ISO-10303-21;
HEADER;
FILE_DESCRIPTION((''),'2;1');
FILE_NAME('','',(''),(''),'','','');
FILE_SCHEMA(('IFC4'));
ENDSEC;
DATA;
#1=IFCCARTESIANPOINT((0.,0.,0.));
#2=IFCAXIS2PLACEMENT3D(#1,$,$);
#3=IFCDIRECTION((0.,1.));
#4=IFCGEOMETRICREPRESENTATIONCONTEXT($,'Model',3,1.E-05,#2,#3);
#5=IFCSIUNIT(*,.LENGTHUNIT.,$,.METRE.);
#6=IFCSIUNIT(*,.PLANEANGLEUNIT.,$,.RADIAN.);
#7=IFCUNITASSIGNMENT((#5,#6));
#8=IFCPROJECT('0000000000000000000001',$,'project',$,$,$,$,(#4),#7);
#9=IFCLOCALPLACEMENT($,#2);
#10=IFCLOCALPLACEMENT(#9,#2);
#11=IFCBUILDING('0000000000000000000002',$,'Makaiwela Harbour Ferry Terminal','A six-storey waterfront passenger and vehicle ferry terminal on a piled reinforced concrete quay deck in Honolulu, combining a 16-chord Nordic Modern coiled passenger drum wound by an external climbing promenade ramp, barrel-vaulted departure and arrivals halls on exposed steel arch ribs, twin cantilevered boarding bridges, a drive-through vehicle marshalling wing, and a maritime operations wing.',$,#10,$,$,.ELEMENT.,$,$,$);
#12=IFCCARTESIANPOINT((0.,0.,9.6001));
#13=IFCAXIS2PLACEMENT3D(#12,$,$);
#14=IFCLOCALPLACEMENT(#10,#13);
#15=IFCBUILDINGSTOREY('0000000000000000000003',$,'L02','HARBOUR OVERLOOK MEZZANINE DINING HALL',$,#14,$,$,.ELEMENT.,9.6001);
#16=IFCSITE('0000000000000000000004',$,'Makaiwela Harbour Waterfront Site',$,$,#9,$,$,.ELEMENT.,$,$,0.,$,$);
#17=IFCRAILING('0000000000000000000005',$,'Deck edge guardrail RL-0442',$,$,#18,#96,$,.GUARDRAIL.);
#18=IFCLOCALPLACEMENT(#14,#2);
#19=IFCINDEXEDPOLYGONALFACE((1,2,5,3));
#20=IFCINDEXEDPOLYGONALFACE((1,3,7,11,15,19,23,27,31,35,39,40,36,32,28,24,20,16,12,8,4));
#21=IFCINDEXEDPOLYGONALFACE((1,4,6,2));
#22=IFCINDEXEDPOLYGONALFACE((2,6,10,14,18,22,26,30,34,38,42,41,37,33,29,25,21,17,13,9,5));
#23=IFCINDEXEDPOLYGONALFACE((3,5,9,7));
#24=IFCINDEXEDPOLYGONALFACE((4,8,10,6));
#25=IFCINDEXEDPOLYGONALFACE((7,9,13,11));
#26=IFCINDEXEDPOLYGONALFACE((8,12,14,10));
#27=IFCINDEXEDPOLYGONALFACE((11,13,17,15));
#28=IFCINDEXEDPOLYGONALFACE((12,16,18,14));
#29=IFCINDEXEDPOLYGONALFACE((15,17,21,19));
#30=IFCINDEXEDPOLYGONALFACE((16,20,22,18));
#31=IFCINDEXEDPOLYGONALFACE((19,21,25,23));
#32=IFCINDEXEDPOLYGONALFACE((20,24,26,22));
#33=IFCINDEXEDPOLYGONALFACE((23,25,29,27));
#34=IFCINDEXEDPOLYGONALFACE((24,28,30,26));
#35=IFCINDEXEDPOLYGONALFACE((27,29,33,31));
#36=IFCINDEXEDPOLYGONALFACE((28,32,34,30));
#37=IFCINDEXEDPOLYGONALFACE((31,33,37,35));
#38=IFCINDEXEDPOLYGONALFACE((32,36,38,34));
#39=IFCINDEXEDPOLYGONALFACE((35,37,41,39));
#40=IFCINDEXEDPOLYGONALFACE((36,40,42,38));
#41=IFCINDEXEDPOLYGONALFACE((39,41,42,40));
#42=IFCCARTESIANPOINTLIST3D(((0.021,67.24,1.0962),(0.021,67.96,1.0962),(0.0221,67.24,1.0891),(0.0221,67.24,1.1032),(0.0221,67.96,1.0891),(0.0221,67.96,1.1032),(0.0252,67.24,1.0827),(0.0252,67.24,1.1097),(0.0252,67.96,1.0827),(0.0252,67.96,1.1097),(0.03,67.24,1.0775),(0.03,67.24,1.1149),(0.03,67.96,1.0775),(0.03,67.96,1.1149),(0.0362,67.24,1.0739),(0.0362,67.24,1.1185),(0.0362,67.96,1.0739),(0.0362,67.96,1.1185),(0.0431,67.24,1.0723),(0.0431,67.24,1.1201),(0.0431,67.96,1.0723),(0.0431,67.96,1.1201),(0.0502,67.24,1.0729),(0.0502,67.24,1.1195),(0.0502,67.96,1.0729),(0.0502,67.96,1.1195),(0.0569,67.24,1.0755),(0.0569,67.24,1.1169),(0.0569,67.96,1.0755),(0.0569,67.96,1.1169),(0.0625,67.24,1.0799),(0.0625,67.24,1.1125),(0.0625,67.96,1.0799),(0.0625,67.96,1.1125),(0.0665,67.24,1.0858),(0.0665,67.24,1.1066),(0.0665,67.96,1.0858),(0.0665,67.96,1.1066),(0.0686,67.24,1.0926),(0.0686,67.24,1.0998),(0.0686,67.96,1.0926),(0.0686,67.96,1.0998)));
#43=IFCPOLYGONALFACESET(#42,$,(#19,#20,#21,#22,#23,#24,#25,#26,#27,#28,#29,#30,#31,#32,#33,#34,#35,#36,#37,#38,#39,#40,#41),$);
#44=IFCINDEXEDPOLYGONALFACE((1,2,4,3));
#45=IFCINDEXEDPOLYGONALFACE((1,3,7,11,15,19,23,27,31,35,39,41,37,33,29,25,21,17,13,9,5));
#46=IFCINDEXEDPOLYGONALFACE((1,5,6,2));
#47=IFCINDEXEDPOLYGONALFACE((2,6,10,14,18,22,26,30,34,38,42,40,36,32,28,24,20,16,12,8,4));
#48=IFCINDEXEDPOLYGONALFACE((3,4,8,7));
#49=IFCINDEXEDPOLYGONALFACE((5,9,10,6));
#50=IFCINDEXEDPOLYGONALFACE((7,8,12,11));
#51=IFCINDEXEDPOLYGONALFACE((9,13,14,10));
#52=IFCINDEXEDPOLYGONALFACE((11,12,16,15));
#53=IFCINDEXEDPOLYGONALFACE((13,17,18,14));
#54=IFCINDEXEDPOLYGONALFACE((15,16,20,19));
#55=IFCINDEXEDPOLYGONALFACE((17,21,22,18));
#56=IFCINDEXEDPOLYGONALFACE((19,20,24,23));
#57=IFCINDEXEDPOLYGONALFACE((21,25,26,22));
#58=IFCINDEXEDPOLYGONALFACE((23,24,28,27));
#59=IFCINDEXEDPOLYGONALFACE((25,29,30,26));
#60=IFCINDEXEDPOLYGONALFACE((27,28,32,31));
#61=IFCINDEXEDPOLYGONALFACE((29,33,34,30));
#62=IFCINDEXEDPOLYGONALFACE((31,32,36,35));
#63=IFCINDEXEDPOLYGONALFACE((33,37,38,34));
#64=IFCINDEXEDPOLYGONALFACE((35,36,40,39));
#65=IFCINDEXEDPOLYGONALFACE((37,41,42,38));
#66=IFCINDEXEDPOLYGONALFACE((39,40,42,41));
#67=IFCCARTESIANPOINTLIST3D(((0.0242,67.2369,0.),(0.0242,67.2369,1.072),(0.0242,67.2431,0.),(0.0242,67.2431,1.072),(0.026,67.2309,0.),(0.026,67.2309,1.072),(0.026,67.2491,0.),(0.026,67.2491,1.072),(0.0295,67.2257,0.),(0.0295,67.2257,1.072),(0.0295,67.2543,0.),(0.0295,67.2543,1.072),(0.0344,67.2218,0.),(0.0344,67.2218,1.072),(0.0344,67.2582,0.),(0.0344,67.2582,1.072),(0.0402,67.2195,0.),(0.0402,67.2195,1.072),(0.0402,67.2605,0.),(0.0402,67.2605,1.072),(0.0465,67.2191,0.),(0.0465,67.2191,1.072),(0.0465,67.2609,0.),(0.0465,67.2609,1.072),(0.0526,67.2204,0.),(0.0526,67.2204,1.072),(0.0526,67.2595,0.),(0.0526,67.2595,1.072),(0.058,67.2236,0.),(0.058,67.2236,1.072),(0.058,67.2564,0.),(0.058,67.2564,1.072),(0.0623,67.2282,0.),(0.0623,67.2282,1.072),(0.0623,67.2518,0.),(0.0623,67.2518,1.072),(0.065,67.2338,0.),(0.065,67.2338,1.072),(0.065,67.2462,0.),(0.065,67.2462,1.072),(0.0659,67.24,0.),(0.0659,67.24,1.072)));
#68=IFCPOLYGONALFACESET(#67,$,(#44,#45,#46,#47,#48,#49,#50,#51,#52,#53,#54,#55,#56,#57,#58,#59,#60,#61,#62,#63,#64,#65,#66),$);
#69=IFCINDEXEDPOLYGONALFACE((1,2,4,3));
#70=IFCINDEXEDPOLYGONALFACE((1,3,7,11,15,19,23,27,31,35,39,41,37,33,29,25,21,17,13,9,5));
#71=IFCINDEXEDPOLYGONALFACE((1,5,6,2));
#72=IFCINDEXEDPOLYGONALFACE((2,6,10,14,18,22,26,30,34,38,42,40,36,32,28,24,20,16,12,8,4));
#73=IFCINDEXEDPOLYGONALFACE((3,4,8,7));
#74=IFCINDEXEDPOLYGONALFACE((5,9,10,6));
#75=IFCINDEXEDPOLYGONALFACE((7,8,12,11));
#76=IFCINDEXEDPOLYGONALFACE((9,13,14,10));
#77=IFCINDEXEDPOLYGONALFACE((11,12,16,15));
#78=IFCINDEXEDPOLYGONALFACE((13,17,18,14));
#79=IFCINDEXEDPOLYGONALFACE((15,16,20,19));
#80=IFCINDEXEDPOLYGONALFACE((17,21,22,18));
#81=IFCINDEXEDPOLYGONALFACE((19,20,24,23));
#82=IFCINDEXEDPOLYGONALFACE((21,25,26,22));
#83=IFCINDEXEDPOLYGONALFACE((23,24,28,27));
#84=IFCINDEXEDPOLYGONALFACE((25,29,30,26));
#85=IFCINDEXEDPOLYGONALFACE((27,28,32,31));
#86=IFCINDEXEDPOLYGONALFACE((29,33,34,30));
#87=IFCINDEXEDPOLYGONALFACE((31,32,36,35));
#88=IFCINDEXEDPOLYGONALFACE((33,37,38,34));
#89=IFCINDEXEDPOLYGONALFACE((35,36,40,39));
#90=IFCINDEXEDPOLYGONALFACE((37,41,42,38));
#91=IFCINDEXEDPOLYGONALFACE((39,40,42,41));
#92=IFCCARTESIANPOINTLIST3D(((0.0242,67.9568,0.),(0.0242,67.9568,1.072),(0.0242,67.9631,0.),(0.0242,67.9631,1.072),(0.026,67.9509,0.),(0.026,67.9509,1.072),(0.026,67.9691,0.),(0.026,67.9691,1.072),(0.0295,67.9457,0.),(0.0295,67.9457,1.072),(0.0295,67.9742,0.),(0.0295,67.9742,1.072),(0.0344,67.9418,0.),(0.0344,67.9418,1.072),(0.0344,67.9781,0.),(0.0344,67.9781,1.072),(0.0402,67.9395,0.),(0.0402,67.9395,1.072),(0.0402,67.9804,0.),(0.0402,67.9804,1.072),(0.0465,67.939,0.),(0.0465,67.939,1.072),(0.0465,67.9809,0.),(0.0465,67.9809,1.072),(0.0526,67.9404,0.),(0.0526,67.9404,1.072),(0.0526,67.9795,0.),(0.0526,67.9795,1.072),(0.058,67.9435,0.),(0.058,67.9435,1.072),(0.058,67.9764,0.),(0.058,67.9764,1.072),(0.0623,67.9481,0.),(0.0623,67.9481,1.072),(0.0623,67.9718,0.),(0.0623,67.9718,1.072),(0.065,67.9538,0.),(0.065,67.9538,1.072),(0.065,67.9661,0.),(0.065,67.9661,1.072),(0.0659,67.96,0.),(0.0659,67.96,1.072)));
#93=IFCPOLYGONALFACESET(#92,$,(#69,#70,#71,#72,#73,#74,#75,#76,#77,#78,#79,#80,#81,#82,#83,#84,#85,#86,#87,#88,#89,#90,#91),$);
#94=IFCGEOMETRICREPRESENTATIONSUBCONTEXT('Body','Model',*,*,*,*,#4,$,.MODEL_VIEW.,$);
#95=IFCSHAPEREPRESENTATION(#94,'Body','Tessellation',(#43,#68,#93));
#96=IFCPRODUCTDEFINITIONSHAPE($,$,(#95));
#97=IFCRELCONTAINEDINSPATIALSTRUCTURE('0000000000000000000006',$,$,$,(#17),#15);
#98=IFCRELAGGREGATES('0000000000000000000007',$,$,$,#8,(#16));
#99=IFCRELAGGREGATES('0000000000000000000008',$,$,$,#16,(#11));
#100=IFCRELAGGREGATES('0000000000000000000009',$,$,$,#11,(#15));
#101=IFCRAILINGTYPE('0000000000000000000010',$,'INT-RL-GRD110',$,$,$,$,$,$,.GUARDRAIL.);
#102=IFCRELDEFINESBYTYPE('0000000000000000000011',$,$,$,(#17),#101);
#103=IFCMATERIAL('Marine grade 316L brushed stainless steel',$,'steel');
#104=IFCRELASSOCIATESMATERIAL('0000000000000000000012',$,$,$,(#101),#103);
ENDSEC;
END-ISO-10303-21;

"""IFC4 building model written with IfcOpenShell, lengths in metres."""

from ifc_helpers import new_model, si_unit, direction, frame, origin, origin_2d, place, context, subcontext, project, spatial, circle, extrude, material, type_object, element, save


model = new_model("IFC4")

# Units and contexts
model_context = context("Model", 3, precision=1e-05, world=origin(), true_north=direction((0.0, 1.0)))
body_context = subcontext(model_context, "Body", "Model", "MODEL_VIEW")
ifc_project = project(units=[si_unit("LENGTHUNIT", "METRE"), si_unit("PLANEANGLEUNIT", "RADIAN")], contexts=[model_context])

# Site, building, storey
site_placement = place(None, origin())
site = spatial("IfcSite", under=ifc_project, at=site_placement, Name="Makaiwela Harbour Waterfront Site", CompositionType="ELEMENT", RefElevation=0.0)
building_placement = place(site_placement, origin())
building = spatial("IfcBuilding", under=site, at=building_placement, Name="Makaiwela Harbour Ferry Terminal", Description="A six-storey waterfront passenger and vehicle ferry terminal on a piled reinforced concrete quay deck in Honolulu, combining a 16-chord Nordic Modern coiled passenger drum wound by an external climbing promenade ramp, barrel-vaulted departure and arrivals halls on exposed steel arch ribs, twin cantilevered boarding bridges, a drive-through vehicle marshalling wing, and a maritime operations wing.", CompositionType="ELEMENT")
storey_placement = place(building_placement, frame((0.0, 0.0, 9.6001)))
storey = spatial("IfcBuildingStorey", under=building, at=storey_placement, Name="L02", Description="HARBOUR OVERLOOK MEZZANINE DINING HALL", CompositionType="ELEMENT", Elevation=9.6001)

# Railing
ifc_material_1 = material(Name="Marine grade 316L brushed stainless steel", Category="steel")
railing_type = type_object("IfcRailingType", Name="INT-RL-GRD110", PredefinedType="GUARDRAIL", material=ifc_material_1)
railing_placement = place(storey_placement, frame((0.0449, 67.24, 0.0)))
element("IfcRailing", 1, at=railing_placement, inside=storey, type_object=railing_type, Name="Deck edge guardrail RL-0442", PredefinedType="GUARDRAIL", context=body_context, shape_type="SweptSolid", body=[
    extrude(circle(Radius=0.0239, at=origin_2d()), frame((0.0, 0.0, 1.0962), z_axis=(0.0, 1.0, 0.0), x_axis=(-1.0, 0.0, 0.0)), (0.0, 0.0, 1.0), 0.72),
    extrude(circle(Radius=0.021, at=origin_2d()), origin(), (0.0, 0.0, 1.0), 1.072),
    extrude(circle(Radius=0.021, at=origin_2d()), frame((0.0, 0.72, 0.0)), (0.0, 0.0, 1.0), 1.072),
])

save(model, "model.ifc")
